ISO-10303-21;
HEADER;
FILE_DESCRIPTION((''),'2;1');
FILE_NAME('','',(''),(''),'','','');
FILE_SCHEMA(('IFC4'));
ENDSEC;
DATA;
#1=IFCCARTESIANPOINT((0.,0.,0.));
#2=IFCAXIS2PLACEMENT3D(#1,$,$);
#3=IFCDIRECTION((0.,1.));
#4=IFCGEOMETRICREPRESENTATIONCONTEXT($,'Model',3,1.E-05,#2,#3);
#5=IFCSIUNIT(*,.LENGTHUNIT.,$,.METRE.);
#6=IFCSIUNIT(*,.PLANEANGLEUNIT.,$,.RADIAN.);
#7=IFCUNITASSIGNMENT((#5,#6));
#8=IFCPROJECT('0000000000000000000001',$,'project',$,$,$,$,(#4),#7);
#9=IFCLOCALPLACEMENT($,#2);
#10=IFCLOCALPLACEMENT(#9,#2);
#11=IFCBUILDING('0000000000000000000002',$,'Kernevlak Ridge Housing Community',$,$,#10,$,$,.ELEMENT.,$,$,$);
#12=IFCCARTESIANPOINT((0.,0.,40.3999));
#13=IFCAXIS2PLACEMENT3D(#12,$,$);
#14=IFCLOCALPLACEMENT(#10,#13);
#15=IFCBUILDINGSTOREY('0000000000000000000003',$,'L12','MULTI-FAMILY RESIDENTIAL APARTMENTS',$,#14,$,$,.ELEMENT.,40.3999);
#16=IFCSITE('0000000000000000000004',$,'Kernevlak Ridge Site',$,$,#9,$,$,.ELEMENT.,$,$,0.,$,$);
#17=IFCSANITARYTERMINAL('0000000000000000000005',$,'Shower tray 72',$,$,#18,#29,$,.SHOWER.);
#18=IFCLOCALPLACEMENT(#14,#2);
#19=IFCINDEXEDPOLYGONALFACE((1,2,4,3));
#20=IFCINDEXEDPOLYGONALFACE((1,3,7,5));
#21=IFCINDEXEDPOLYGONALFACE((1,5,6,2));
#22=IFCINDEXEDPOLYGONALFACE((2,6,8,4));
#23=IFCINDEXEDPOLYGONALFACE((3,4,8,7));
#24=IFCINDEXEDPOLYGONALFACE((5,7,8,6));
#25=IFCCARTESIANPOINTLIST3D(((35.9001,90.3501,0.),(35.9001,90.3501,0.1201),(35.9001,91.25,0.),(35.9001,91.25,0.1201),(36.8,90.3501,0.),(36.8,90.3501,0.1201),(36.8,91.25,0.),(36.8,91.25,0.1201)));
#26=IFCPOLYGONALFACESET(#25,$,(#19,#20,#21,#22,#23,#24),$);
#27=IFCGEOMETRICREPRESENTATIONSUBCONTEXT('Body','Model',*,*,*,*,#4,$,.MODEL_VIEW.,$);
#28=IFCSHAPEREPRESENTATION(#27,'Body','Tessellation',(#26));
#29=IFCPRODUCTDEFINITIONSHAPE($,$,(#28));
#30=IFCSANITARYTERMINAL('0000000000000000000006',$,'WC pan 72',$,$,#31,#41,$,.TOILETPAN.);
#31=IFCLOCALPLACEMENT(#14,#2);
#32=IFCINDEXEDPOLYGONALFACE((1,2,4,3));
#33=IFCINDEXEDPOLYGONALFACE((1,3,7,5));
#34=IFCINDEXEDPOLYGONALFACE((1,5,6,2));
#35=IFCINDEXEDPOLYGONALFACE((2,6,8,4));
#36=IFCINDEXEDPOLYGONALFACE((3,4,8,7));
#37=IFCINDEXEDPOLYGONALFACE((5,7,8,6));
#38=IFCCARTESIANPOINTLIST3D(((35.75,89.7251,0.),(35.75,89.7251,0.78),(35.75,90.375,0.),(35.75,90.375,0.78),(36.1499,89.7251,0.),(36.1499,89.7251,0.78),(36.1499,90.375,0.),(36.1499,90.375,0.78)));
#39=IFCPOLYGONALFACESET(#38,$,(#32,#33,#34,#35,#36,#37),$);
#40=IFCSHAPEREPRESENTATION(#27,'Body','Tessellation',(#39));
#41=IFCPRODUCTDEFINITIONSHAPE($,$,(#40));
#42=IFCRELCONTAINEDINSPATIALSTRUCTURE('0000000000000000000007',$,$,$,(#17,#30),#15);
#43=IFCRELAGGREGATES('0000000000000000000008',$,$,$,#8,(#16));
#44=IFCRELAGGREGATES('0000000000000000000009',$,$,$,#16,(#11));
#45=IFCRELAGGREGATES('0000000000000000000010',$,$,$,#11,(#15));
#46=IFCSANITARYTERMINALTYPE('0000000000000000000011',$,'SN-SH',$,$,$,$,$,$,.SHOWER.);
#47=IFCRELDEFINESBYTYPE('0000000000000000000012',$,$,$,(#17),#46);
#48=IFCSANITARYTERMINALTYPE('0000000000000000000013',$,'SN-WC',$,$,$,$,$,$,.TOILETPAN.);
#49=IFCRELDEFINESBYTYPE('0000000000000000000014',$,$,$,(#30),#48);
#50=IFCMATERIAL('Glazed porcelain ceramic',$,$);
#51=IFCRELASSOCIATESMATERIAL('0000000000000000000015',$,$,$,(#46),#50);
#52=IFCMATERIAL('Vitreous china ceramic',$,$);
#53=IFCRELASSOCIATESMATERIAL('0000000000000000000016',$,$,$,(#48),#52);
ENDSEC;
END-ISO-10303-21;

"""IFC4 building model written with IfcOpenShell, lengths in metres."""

from ifc_helpers import new_model, si_unit, direction, frame, origin, origin_2d, place, context, subcontext, project, spatial, rectangle, extrude, material, type_object, element, save


model = new_model("IFC4")

# Units and contexts
model_context = context("Model", 3, precision=1e-05, world=origin(), true_north=direction((0.0, 1.0)))
body_context = subcontext(model_context, "Body", "Model", "MODEL_VIEW")
ifc_project = project(units=[si_unit("LENGTHUNIT", "METRE"), si_unit("PLANEANGLEUNIT", "RADIAN")], contexts=[model_context])

# Site, building, storey
site_placement = place(None, origin())
site = spatial("IfcSite", under=ifc_project, at=site_placement, Name="Kernevlak Ridge Site", CompositionType="ELEMENT", RefElevation=0.0)
building_placement = place(site_placement, origin())
building = spatial("IfcBuilding", under=site, at=building_placement, Name="Kernevlak Ridge Housing Community", CompositionType="ELEMENT")
storey_placement = place(building_placement, frame((0.0, 0.0, 40.3999)))
storey = spatial("IfcBuildingStorey", under=building, at=storey_placement, Name="L12", Description="MULTI-FAMILY RESIDENTIAL APARTMENTS", CompositionType="ELEMENT", Elevation=40.3999)

# Sanitary terminals
ifc_material_1 = material(Name="Vitreous china ceramic")
ifc_material_2 = material(Name="Glazed porcelain ceramic")
sanitary_terminal_type_1 = type_object("IfcSanitaryTerminalType", Name="SN-SH", PredefinedType="SHOWER", material=ifc_material_2)
sanitary_terminal_1_placement = place(storey_placement, frame((36.3501, 90.8, 0.0), z_axis=(0.0, 0.0, 1.0), x_axis=(1.0, 0.0, 0.0)))
element("IfcSanitaryTerminal", 1, at=sanitary_terminal_1_placement, inside=storey, type_object=sanitary_terminal_type_1, Name="Shower tray 72", PredefinedType="SHOWER", context=body_context, shape_type="SweptSolid", body=[
    extrude(rectangle(XDim=0.8999, YDim=0.8999, at=origin_2d()), origin(), (0.0, 0.0, 1.0), 0.1201),
])
sanitary_terminal_type_2 = type_object("IfcSanitaryTerminalType", Name="SN-WC", PredefinedType="TOILETPAN", material=ifc_material_1)
sanitary_terminal_2_placement = place(storey_placement, frame((35.95, 90.05, 0.0), z_axis=(0.0, 0.0, 1.0), x_axis=(1.0, 0.0, 0.0)))
element("IfcSanitaryTerminal", 2, at=sanitary_terminal_2_placement, inside=storey, type_object=sanitary_terminal_type_2, Name="WC pan 72", PredefinedType="TOILETPAN", context=body_context, shape_type="SweptSolid", body=[
    extrude(rectangle(XDim=0.3999, YDim=0.6499, at=origin_2d()), origin(), (0.0, 0.0, 1.0), 0.78),
])

save(model, "model.ifc")
